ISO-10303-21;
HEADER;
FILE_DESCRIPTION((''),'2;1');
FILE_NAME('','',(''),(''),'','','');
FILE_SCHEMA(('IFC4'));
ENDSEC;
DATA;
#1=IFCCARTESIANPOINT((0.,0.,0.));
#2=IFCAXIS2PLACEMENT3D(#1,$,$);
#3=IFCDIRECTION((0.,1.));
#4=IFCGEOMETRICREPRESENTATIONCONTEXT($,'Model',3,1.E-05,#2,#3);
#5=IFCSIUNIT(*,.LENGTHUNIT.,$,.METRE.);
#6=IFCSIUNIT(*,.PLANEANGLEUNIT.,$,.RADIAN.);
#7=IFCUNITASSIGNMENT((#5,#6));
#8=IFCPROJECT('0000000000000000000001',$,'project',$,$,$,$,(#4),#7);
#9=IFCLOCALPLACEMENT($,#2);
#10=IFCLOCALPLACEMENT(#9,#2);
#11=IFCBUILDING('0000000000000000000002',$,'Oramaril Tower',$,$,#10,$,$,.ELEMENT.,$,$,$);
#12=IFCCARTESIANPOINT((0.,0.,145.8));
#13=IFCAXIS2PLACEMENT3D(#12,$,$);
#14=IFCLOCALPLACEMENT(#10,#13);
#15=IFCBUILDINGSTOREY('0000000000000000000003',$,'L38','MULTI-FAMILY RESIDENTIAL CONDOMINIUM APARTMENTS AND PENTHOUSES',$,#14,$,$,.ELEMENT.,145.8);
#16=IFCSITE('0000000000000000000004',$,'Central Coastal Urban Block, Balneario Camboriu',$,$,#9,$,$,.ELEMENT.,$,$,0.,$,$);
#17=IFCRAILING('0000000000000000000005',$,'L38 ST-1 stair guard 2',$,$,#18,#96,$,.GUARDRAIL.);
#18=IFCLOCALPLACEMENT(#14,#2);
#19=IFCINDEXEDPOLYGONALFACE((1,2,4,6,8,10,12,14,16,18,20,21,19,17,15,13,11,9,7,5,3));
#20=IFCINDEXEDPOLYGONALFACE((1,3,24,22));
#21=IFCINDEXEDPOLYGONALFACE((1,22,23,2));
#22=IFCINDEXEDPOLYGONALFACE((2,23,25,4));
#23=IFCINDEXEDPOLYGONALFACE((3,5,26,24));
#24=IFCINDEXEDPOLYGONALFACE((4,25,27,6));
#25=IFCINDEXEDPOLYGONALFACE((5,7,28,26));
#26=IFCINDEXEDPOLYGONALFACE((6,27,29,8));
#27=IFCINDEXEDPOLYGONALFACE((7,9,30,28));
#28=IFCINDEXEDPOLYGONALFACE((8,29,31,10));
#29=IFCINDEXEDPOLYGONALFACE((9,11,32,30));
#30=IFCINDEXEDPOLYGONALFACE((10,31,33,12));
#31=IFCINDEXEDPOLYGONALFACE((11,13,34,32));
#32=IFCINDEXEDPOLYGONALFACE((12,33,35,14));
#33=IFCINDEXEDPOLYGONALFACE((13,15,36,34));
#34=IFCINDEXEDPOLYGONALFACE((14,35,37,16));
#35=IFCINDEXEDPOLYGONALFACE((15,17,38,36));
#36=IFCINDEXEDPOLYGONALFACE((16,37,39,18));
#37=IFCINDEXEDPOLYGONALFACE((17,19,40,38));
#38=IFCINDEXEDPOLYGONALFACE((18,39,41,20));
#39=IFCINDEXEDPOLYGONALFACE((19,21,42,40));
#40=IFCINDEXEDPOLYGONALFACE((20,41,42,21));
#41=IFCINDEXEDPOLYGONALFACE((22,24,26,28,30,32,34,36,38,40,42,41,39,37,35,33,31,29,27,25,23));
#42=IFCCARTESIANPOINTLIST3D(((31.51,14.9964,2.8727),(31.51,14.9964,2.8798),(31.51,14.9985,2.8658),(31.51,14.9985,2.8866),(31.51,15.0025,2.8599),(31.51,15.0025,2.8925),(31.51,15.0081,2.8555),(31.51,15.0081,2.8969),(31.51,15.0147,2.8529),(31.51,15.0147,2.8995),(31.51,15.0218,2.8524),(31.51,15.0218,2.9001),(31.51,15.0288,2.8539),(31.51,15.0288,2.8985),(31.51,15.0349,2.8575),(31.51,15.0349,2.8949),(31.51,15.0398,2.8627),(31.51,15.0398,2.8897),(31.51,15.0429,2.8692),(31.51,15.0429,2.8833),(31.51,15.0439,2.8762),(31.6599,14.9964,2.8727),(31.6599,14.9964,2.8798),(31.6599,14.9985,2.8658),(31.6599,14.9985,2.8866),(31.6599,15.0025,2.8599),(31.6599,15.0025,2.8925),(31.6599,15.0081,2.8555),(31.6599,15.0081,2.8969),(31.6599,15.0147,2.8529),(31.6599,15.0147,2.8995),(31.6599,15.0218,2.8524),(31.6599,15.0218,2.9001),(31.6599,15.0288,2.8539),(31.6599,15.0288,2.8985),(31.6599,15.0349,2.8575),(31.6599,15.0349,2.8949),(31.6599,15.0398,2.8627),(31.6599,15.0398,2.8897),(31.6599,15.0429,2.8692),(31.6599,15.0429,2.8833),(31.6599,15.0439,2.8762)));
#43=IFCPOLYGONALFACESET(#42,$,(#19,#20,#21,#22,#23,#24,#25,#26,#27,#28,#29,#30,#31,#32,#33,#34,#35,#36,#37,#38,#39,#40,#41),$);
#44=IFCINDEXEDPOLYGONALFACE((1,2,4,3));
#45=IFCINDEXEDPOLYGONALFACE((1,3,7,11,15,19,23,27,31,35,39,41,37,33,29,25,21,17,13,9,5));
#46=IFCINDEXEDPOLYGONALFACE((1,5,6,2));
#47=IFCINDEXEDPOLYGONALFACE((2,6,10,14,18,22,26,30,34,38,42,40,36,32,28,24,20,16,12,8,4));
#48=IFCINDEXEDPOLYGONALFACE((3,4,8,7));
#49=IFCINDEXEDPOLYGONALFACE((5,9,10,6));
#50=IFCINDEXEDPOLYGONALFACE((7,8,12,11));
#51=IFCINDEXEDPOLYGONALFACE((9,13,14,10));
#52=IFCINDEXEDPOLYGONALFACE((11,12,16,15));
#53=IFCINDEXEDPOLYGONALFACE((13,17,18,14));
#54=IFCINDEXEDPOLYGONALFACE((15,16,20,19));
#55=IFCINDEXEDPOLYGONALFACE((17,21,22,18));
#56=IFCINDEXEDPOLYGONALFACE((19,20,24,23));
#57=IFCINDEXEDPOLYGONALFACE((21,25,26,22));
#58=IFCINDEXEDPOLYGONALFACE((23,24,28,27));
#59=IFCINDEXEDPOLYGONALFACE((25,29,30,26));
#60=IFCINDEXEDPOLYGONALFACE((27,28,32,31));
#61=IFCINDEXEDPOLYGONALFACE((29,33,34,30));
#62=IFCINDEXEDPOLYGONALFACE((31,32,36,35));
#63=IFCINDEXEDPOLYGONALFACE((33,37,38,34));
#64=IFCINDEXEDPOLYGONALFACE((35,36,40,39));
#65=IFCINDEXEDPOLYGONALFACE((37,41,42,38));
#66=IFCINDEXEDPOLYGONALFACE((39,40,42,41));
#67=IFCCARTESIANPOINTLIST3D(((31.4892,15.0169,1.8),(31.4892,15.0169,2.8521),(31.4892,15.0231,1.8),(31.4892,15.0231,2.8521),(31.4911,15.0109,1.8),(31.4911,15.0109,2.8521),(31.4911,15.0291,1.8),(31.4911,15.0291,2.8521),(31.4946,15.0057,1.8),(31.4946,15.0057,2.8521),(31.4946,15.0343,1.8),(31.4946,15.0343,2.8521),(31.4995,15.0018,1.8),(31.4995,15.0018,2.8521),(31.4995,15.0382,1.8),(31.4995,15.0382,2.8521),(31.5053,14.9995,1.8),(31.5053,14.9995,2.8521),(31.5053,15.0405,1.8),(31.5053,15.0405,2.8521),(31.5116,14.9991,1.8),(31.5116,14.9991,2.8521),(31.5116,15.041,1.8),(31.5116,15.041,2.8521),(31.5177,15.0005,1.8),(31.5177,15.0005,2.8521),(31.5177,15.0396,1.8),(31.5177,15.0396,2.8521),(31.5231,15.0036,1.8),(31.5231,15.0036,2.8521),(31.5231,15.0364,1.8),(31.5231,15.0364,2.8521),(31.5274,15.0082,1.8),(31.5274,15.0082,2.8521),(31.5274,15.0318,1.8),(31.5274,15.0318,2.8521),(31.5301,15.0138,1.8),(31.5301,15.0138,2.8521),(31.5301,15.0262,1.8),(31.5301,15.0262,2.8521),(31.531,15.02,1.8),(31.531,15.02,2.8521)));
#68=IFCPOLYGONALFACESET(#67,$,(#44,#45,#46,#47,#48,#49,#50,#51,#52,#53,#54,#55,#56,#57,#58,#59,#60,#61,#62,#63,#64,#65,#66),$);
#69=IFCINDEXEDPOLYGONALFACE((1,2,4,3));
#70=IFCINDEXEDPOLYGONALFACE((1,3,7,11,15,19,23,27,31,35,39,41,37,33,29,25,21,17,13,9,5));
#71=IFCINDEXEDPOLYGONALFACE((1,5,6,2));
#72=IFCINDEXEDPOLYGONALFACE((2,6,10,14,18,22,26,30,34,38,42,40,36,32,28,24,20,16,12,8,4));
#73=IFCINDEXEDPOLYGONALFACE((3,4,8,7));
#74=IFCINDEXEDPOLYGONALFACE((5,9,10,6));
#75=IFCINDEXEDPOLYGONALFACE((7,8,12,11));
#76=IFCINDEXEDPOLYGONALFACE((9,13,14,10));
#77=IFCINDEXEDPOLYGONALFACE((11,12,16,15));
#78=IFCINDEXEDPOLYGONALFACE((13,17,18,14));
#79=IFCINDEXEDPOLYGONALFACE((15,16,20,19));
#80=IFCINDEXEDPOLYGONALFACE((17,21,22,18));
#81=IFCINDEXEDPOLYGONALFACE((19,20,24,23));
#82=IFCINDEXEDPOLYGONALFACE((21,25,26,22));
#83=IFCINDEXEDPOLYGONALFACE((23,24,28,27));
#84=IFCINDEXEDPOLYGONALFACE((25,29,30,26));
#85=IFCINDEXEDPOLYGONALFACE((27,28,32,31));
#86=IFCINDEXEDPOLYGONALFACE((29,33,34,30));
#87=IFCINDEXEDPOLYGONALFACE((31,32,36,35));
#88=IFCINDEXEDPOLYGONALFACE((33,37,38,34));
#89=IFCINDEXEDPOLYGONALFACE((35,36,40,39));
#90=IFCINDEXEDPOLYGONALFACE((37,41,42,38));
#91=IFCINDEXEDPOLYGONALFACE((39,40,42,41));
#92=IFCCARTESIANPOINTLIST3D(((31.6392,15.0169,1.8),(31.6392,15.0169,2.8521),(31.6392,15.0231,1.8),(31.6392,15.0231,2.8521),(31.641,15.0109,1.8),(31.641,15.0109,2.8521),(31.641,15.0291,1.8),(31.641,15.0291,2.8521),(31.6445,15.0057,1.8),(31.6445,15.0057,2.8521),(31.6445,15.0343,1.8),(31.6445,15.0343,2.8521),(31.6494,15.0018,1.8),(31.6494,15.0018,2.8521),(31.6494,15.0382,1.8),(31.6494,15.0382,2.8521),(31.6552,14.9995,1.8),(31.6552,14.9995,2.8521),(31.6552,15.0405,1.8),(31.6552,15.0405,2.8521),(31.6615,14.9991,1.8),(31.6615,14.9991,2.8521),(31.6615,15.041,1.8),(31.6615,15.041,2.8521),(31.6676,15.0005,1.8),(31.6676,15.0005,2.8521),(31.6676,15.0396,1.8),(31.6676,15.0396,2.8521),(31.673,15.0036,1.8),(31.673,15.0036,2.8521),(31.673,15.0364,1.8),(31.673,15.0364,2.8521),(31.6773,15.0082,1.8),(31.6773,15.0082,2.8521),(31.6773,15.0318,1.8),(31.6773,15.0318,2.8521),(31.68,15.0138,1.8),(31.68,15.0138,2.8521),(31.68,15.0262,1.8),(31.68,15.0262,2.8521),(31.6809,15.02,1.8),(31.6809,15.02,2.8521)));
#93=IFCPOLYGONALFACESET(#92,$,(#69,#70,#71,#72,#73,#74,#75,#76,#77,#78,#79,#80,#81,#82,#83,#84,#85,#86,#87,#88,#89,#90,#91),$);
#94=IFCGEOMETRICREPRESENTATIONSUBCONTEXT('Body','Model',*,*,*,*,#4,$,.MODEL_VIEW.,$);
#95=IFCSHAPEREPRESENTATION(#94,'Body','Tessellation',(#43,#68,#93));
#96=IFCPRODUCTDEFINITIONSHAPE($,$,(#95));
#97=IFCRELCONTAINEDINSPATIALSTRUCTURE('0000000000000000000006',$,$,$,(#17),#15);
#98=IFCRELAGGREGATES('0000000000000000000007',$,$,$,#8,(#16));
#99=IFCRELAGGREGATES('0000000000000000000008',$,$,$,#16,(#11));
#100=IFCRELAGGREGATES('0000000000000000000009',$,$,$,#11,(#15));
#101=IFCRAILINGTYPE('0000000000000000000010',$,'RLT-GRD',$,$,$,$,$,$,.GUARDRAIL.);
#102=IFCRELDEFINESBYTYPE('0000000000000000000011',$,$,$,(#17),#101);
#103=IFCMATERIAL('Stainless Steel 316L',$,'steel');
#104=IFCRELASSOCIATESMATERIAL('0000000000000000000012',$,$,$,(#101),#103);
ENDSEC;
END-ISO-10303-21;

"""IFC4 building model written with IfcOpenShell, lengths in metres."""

from ifc_helpers import new_model, si_unit, direction, frame, origin, origin_2d, place, context, subcontext, project, spatial, circle, extrude, material, type_object, element, save


model = new_model("IFC4")

# Units and contexts
model_context = context("Model", 3, precision=1e-05, world=origin(), true_north=direction((0.0, 1.0)))
body_context = subcontext(model_context, "Body", "Model", "MODEL_VIEW")
ifc_project = project(units=[si_unit("LENGTHUNIT", "METRE"), si_unit("PLANEANGLEUNIT", "RADIAN")], contexts=[model_context])

# Site, building, storey
site_placement = place(None, origin())
site = spatial("IfcSite", under=ifc_project, at=site_placement, Name="Central Coastal Urban Block, Balneario Camboriu", CompositionType="ELEMENT", RefElevation=0.0)
building_placement = place(site_placement, origin())
building = spatial("IfcBuilding", under=site, at=building_placement, Name="Oramaril Tower", CompositionType="ELEMENT")
storey_placement = place(building_placement, frame((0.0, 0.0, 145.8)))
storey = spatial("IfcBuildingStorey", under=building, at=storey_placement, Name="L38", Description="MULTI-FAMILY RESIDENTIAL CONDOMINIUM APARTMENTS AND PENTHOUSES", CompositionType="ELEMENT", Elevation=145.8)

# Railing
ifc_material_1 = material(Name="Stainless Steel 316L", Category="steel")
railing_type_1 = type_object("IfcRailingType", Name="RLT-GRD", PredefinedType="GUARDRAIL", material=ifc_material_1)
railing_1_placement = place(storey_placement, frame((31.51, 15.02, 1.8)))
element("IfcRailing", 1, at=railing_1_placement, inside=storey, type_object=railing_type_1, Name="L38 ST-1 stair guard 2", PredefinedType="GUARDRAIL", context=body_context, shape_type="SweptSolid", body=[
    extrude(circle(Radius=0.0239, at=origin_2d()), frame((0.0, 0.0, 1.0762), z_axis=(1.0, 0.0, 0.0), x_axis=(0.0, 1.0, 0.0)), (0.0, 0.0, 1.0), 0.1499),
    extrude(circle(Radius=0.021, at=origin_2d()), origin(), (0.0, 0.0, 1.0), 1.052),
    extrude(circle(Radius=0.021, at=origin_2d()), frame((0.1499, 0.0, 0.0)), (0.0, 0.0, 1.0), 1.052),
])

save(model, "model.ifc")
